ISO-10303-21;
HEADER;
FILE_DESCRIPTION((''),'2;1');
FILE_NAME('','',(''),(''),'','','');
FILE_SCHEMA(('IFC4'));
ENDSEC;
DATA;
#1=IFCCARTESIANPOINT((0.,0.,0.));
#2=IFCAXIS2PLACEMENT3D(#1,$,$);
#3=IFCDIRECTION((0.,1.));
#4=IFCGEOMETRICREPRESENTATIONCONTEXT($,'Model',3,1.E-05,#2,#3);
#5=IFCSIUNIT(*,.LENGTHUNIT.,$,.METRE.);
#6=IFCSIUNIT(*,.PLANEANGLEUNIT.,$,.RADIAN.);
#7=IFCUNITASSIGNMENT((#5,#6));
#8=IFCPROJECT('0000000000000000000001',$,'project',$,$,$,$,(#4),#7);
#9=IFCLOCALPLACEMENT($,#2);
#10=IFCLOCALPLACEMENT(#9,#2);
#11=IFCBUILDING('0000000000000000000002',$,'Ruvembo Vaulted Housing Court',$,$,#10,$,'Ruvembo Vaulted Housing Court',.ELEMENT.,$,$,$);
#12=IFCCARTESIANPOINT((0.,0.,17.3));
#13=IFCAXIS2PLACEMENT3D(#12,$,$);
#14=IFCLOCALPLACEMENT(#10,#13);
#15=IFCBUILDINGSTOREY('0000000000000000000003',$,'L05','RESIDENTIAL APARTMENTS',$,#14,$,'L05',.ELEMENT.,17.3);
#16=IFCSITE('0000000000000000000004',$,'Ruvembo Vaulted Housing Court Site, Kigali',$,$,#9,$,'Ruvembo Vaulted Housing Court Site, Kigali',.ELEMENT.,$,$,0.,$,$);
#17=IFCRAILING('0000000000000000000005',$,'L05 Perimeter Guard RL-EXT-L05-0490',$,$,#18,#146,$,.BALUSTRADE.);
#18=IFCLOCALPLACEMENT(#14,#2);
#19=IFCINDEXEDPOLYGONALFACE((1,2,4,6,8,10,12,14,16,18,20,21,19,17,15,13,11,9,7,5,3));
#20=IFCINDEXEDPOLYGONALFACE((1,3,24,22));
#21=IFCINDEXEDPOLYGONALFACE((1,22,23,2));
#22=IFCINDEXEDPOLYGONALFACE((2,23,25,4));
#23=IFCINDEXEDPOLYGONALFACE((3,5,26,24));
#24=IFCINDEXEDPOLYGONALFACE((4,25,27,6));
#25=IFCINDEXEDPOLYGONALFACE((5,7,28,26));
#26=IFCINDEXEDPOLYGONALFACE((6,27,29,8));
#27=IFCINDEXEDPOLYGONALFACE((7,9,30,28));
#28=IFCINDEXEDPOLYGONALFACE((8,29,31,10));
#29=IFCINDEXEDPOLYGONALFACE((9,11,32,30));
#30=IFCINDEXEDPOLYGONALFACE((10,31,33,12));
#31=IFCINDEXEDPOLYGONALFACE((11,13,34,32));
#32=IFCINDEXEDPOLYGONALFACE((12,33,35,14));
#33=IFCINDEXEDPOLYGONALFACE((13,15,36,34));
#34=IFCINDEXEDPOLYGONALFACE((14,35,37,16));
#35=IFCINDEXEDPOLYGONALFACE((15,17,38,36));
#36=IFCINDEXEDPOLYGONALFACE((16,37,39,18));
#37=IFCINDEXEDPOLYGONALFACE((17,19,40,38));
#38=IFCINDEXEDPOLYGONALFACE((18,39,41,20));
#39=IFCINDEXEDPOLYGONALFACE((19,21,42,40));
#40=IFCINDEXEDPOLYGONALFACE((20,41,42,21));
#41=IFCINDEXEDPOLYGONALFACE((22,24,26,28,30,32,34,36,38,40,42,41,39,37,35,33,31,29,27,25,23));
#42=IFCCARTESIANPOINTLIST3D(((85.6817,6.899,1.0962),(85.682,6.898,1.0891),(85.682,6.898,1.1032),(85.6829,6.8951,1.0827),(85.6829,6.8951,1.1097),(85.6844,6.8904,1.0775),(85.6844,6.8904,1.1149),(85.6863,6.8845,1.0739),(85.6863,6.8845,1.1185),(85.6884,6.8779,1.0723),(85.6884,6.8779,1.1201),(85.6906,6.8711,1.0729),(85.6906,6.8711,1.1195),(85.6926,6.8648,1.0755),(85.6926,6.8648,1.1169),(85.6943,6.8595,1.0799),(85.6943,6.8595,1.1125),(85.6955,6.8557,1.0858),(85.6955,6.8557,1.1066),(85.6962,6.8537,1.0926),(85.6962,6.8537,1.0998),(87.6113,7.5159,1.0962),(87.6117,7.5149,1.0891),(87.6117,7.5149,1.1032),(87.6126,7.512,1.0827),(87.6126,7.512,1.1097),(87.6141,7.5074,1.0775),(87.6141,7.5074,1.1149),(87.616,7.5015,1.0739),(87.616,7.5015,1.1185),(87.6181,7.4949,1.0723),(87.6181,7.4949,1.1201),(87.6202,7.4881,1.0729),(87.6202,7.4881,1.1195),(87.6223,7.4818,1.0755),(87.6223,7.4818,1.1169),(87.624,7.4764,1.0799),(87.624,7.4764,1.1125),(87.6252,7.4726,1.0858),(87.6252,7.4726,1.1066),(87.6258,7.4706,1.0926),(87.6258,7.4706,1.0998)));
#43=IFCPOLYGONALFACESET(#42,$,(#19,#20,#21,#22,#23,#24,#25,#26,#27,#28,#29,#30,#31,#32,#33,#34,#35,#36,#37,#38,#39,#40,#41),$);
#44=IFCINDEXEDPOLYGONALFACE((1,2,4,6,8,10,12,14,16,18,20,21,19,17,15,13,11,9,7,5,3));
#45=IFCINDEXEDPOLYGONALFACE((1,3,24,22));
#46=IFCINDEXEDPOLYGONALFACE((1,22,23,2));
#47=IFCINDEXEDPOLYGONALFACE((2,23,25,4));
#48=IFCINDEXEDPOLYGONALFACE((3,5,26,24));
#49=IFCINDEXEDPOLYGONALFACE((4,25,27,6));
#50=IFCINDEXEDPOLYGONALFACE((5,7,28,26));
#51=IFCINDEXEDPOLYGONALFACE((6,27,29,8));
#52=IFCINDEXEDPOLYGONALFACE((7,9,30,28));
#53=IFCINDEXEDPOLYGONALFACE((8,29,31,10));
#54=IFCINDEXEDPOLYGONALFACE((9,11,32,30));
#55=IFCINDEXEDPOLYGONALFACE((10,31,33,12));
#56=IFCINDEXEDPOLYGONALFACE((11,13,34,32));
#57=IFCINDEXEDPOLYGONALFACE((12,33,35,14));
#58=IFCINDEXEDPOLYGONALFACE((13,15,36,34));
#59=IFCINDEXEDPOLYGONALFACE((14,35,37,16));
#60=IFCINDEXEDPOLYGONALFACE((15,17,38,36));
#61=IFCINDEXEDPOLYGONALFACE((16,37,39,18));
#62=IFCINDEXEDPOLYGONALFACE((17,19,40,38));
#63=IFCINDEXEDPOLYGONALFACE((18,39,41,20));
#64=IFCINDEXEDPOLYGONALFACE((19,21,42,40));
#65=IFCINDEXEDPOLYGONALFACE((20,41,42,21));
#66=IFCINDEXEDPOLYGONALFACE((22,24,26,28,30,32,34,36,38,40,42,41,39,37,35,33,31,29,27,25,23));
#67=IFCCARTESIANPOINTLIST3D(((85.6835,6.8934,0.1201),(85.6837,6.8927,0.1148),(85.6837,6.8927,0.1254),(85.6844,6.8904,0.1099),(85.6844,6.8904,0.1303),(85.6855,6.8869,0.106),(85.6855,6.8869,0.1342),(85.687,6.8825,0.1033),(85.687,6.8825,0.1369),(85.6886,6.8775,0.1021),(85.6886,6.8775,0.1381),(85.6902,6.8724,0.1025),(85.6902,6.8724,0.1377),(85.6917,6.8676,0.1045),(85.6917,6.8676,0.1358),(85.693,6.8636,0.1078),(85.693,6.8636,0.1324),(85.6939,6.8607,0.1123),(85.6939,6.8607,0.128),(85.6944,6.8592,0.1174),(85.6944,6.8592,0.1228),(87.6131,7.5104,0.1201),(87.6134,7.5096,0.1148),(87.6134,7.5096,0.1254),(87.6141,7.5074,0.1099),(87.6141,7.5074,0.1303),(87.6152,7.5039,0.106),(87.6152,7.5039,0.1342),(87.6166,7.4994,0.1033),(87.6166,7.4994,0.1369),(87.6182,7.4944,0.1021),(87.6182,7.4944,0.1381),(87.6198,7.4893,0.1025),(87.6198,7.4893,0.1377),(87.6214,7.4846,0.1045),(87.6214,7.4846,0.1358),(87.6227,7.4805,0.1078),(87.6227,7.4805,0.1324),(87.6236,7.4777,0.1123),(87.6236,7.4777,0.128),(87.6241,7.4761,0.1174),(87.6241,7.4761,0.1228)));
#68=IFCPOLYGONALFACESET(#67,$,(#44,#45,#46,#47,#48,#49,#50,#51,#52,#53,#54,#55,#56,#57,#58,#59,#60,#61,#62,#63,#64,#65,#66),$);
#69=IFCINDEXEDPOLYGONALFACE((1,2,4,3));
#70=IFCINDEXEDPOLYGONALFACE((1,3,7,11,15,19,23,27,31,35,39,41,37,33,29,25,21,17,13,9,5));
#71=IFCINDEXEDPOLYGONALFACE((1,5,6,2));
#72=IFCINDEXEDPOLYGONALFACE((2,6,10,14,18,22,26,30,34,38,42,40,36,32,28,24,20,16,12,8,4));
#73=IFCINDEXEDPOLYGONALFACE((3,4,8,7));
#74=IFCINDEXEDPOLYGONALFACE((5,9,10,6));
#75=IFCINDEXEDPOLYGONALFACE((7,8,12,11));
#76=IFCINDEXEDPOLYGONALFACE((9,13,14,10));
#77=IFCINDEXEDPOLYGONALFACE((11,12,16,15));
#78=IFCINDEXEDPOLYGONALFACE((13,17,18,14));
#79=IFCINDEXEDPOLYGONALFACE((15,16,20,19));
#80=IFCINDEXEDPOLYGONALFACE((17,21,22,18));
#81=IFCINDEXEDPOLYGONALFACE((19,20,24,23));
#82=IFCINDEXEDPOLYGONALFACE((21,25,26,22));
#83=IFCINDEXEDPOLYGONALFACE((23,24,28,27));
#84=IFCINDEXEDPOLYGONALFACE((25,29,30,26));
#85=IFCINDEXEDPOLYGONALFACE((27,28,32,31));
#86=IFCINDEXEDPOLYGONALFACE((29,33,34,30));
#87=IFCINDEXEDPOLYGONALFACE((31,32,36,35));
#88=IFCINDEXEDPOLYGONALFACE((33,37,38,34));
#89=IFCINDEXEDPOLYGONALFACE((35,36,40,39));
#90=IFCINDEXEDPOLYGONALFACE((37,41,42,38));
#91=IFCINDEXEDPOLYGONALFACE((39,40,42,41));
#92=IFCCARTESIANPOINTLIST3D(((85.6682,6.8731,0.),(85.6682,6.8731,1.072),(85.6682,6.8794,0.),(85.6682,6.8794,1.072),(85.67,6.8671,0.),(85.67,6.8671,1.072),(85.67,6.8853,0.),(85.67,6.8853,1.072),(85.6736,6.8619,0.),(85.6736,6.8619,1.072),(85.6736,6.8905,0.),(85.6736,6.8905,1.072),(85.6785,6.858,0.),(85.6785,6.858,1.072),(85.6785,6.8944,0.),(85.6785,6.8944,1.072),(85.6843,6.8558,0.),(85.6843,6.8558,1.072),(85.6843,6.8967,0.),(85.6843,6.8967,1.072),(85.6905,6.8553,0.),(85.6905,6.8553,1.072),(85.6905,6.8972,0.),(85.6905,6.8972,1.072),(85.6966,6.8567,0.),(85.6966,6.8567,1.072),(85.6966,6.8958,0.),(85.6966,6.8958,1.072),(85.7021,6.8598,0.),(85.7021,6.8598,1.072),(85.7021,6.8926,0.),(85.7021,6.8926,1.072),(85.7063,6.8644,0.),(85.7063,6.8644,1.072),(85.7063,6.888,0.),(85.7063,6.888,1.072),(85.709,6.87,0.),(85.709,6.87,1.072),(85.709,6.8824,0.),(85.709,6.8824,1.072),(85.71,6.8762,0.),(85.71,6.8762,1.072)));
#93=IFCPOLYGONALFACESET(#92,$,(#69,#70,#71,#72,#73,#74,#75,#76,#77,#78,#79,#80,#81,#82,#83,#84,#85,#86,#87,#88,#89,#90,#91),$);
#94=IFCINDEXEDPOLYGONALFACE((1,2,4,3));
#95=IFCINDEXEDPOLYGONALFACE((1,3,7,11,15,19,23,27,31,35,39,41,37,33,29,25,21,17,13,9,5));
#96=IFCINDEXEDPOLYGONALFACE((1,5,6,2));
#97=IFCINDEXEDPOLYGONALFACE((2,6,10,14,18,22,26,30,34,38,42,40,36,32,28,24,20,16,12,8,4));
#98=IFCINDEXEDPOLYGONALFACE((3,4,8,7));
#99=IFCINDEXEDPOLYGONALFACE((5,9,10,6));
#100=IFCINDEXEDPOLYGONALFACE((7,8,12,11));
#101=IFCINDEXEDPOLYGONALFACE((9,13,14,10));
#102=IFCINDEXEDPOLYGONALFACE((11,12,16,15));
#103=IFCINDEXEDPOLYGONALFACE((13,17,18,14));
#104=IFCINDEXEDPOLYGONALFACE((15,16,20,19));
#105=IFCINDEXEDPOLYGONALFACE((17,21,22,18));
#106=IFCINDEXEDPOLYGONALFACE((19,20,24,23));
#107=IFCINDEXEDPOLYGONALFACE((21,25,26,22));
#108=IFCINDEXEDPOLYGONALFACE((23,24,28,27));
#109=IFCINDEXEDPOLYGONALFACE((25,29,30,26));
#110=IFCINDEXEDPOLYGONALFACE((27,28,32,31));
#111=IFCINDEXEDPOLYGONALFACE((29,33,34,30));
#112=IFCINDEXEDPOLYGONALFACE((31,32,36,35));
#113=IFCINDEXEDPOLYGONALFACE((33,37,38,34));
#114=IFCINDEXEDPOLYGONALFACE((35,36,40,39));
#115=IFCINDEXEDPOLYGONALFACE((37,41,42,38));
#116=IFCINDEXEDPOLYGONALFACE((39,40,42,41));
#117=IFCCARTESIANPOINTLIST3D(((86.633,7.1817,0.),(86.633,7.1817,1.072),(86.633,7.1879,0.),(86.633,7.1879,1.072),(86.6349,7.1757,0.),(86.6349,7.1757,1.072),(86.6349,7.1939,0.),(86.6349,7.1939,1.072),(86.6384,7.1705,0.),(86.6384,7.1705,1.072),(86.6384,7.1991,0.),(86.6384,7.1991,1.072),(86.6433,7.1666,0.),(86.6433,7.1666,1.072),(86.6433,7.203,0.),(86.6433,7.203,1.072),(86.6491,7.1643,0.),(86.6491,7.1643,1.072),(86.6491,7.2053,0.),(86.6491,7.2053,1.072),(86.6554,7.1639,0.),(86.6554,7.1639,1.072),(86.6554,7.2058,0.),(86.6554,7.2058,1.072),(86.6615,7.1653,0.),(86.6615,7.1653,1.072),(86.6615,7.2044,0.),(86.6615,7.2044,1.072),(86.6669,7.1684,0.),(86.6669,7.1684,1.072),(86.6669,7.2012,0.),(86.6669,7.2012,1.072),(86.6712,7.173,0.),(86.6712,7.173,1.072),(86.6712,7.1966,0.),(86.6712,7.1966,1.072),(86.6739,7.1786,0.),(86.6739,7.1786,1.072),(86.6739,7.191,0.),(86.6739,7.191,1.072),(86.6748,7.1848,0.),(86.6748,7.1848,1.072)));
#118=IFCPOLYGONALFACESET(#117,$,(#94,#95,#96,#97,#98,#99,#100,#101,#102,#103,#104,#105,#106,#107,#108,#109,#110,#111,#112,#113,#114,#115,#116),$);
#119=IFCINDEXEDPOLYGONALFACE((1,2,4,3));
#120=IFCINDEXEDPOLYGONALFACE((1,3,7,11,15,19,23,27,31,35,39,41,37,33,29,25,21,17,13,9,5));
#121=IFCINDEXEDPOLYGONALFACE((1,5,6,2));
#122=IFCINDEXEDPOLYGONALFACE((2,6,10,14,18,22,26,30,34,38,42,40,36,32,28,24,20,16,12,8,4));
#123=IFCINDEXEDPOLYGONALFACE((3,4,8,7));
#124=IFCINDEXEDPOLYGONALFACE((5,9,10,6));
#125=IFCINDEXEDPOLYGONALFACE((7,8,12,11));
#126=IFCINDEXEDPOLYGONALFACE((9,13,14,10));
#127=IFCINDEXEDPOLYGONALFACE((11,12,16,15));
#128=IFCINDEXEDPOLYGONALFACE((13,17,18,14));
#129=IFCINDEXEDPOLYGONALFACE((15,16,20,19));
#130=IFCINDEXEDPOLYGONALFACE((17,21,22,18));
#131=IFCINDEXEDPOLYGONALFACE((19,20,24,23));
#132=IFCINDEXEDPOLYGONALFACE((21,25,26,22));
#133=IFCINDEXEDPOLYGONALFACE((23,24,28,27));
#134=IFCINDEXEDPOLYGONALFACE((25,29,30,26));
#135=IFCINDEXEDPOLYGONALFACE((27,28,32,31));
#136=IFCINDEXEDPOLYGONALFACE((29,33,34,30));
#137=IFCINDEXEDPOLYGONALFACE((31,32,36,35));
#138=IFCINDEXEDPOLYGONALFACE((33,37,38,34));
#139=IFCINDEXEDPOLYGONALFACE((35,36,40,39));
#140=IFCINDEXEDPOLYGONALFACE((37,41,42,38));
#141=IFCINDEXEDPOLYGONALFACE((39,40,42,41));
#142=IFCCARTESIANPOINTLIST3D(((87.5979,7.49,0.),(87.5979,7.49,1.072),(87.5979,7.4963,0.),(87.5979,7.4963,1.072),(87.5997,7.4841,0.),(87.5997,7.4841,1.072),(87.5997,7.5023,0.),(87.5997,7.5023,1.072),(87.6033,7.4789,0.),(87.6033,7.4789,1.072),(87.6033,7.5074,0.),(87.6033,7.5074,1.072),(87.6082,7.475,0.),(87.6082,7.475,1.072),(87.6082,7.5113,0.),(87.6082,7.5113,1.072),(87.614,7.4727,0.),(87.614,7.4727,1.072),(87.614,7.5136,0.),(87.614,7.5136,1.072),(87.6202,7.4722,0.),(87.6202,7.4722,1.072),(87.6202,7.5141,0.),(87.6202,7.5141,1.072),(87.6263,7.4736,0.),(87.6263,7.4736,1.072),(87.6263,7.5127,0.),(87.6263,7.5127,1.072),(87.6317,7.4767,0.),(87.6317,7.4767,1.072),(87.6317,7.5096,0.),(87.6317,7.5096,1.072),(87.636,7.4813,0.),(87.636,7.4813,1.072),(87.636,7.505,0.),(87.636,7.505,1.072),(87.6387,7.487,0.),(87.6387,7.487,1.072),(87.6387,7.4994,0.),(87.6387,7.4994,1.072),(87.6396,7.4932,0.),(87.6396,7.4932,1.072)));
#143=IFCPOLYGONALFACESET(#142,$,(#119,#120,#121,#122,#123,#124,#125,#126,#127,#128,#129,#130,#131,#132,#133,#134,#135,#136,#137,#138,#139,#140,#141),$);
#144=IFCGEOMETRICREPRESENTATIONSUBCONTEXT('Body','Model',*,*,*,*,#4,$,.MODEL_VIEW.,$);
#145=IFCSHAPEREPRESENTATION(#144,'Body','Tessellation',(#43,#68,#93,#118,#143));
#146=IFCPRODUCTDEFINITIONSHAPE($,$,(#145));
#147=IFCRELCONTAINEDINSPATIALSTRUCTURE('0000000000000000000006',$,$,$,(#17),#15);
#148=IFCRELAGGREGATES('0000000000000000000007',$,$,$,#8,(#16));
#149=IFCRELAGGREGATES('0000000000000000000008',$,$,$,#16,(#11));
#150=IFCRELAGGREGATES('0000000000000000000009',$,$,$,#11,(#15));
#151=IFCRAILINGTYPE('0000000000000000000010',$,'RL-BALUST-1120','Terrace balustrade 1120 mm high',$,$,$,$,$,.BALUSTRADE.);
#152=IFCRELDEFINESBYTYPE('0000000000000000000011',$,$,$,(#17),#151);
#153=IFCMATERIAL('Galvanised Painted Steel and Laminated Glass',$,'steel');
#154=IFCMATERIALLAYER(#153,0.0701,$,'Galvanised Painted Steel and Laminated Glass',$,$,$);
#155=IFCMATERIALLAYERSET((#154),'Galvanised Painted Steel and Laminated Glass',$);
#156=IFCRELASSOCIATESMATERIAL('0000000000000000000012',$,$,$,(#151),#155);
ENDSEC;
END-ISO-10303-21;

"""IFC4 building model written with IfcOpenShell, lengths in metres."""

from ifc_helpers import new_model, si_unit, direction, frame, origin, origin_2d, place, context, subcontext, project, spatial, circle, extrude, material, layer, layer_set, type_object, element, save


model = new_model("IFC4")

# Units and contexts
model_context = context("Model", 3, precision=1e-05, world=origin(), true_north=direction((0.0, 1.0)))
body_context = subcontext(model_context, "Body", "Model", "MODEL_VIEW")
ifc_project = project(units=[si_unit("LENGTHUNIT", "METRE"), si_unit("PLANEANGLEUNIT", "RADIAN")], contexts=[model_context])

# Site, building, storey
site_placement = place(None, origin())
site = spatial("IfcSite", under=ifc_project, at=site_placement, Name="Ruvembo Vaulted Housing Court Site, Kigali", LongName="Ruvembo Vaulted Housing Court Site, Kigali", CompositionType="ELEMENT", RefElevation=0.0)
building_placement = place(site_placement, origin())
building = spatial("IfcBuilding", under=site, at=building_placement, Name="Ruvembo Vaulted Housing Court", LongName="Ruvembo Vaulted Housing Court", CompositionType="ELEMENT")
storey_placement = place(building_placement, frame((0.0, 0.0, 17.3)))
storey = spatial("IfcBuildingStorey", under=building, at=storey_placement, Name="L05", Description="RESIDENTIAL APARTMENTS", LongName="L05", CompositionType="ELEMENT", Elevation=17.3)

# Railing
ifc_material_1 = material(Name="Galvanised Painted Steel and Laminated Glass", Category="steel")
ifc_layer_1 = layer(ifc_material_1, 0.0701, Name="Galvanised Painted Steel and Laminated Glass")
ifc_layer_set_1 = layer_set([ifc_layer_1], Name="Galvanised Painted Steel and Laminated Glass")
railing_type = type_object("IfcRailingType", Name="RL-BALUST-1120", Description="Terrace balustrade 1120 mm high", PredefinedType="BALUSTRADE", material=ifc_layer_set_1)
railing_1_placement = place(storey_placement, frame((85.689, 6.8762, 0.0)))
element("IfcRailing", 1, at=railing_1_placement, inside=storey, type_object=railing_type, Name="L05 Perimeter Guard RL-EXT-L05-0490", PredefinedType="BALUSTRADE", context=body_context, shape_type="SweptSolid", body=[
    extrude(circle(Radius=0.0239, at=origin_2d()), frame((0.0, 0.0, 1.0962), z_axis=(0.952504, 0.304526, 0.0), x_axis=(-0.304526, 0.952504, 0.0)), (0.0, 0.0, 1.0), 2.0259),
    extrude(circle(Radius=0.0181, at=origin_2d()), frame((0.0, 0.0, 0.1201), z_axis=(0.952504, 0.304526, 0.0), x_axis=(-0.304526, 0.952504, 0.0)), (0.0, 0.0, 1.0), 2.0259),
    extrude(circle(Radius=0.021, at=origin_2d()), origin(), (0.0, 0.0, 1.0), 1.072),
    extrude(circle(Radius=0.021, at=origin_2d()), frame((0.9648, 0.3086, 0.0)), (0.0, 0.0, 1.0), 1.072),
    extrude(circle(Radius=0.021, at=origin_2d()), frame((1.9297, 0.6169, 0.0)), (0.0, 0.0, 1.0), 1.072),
])

save(model, "model.ifc")
